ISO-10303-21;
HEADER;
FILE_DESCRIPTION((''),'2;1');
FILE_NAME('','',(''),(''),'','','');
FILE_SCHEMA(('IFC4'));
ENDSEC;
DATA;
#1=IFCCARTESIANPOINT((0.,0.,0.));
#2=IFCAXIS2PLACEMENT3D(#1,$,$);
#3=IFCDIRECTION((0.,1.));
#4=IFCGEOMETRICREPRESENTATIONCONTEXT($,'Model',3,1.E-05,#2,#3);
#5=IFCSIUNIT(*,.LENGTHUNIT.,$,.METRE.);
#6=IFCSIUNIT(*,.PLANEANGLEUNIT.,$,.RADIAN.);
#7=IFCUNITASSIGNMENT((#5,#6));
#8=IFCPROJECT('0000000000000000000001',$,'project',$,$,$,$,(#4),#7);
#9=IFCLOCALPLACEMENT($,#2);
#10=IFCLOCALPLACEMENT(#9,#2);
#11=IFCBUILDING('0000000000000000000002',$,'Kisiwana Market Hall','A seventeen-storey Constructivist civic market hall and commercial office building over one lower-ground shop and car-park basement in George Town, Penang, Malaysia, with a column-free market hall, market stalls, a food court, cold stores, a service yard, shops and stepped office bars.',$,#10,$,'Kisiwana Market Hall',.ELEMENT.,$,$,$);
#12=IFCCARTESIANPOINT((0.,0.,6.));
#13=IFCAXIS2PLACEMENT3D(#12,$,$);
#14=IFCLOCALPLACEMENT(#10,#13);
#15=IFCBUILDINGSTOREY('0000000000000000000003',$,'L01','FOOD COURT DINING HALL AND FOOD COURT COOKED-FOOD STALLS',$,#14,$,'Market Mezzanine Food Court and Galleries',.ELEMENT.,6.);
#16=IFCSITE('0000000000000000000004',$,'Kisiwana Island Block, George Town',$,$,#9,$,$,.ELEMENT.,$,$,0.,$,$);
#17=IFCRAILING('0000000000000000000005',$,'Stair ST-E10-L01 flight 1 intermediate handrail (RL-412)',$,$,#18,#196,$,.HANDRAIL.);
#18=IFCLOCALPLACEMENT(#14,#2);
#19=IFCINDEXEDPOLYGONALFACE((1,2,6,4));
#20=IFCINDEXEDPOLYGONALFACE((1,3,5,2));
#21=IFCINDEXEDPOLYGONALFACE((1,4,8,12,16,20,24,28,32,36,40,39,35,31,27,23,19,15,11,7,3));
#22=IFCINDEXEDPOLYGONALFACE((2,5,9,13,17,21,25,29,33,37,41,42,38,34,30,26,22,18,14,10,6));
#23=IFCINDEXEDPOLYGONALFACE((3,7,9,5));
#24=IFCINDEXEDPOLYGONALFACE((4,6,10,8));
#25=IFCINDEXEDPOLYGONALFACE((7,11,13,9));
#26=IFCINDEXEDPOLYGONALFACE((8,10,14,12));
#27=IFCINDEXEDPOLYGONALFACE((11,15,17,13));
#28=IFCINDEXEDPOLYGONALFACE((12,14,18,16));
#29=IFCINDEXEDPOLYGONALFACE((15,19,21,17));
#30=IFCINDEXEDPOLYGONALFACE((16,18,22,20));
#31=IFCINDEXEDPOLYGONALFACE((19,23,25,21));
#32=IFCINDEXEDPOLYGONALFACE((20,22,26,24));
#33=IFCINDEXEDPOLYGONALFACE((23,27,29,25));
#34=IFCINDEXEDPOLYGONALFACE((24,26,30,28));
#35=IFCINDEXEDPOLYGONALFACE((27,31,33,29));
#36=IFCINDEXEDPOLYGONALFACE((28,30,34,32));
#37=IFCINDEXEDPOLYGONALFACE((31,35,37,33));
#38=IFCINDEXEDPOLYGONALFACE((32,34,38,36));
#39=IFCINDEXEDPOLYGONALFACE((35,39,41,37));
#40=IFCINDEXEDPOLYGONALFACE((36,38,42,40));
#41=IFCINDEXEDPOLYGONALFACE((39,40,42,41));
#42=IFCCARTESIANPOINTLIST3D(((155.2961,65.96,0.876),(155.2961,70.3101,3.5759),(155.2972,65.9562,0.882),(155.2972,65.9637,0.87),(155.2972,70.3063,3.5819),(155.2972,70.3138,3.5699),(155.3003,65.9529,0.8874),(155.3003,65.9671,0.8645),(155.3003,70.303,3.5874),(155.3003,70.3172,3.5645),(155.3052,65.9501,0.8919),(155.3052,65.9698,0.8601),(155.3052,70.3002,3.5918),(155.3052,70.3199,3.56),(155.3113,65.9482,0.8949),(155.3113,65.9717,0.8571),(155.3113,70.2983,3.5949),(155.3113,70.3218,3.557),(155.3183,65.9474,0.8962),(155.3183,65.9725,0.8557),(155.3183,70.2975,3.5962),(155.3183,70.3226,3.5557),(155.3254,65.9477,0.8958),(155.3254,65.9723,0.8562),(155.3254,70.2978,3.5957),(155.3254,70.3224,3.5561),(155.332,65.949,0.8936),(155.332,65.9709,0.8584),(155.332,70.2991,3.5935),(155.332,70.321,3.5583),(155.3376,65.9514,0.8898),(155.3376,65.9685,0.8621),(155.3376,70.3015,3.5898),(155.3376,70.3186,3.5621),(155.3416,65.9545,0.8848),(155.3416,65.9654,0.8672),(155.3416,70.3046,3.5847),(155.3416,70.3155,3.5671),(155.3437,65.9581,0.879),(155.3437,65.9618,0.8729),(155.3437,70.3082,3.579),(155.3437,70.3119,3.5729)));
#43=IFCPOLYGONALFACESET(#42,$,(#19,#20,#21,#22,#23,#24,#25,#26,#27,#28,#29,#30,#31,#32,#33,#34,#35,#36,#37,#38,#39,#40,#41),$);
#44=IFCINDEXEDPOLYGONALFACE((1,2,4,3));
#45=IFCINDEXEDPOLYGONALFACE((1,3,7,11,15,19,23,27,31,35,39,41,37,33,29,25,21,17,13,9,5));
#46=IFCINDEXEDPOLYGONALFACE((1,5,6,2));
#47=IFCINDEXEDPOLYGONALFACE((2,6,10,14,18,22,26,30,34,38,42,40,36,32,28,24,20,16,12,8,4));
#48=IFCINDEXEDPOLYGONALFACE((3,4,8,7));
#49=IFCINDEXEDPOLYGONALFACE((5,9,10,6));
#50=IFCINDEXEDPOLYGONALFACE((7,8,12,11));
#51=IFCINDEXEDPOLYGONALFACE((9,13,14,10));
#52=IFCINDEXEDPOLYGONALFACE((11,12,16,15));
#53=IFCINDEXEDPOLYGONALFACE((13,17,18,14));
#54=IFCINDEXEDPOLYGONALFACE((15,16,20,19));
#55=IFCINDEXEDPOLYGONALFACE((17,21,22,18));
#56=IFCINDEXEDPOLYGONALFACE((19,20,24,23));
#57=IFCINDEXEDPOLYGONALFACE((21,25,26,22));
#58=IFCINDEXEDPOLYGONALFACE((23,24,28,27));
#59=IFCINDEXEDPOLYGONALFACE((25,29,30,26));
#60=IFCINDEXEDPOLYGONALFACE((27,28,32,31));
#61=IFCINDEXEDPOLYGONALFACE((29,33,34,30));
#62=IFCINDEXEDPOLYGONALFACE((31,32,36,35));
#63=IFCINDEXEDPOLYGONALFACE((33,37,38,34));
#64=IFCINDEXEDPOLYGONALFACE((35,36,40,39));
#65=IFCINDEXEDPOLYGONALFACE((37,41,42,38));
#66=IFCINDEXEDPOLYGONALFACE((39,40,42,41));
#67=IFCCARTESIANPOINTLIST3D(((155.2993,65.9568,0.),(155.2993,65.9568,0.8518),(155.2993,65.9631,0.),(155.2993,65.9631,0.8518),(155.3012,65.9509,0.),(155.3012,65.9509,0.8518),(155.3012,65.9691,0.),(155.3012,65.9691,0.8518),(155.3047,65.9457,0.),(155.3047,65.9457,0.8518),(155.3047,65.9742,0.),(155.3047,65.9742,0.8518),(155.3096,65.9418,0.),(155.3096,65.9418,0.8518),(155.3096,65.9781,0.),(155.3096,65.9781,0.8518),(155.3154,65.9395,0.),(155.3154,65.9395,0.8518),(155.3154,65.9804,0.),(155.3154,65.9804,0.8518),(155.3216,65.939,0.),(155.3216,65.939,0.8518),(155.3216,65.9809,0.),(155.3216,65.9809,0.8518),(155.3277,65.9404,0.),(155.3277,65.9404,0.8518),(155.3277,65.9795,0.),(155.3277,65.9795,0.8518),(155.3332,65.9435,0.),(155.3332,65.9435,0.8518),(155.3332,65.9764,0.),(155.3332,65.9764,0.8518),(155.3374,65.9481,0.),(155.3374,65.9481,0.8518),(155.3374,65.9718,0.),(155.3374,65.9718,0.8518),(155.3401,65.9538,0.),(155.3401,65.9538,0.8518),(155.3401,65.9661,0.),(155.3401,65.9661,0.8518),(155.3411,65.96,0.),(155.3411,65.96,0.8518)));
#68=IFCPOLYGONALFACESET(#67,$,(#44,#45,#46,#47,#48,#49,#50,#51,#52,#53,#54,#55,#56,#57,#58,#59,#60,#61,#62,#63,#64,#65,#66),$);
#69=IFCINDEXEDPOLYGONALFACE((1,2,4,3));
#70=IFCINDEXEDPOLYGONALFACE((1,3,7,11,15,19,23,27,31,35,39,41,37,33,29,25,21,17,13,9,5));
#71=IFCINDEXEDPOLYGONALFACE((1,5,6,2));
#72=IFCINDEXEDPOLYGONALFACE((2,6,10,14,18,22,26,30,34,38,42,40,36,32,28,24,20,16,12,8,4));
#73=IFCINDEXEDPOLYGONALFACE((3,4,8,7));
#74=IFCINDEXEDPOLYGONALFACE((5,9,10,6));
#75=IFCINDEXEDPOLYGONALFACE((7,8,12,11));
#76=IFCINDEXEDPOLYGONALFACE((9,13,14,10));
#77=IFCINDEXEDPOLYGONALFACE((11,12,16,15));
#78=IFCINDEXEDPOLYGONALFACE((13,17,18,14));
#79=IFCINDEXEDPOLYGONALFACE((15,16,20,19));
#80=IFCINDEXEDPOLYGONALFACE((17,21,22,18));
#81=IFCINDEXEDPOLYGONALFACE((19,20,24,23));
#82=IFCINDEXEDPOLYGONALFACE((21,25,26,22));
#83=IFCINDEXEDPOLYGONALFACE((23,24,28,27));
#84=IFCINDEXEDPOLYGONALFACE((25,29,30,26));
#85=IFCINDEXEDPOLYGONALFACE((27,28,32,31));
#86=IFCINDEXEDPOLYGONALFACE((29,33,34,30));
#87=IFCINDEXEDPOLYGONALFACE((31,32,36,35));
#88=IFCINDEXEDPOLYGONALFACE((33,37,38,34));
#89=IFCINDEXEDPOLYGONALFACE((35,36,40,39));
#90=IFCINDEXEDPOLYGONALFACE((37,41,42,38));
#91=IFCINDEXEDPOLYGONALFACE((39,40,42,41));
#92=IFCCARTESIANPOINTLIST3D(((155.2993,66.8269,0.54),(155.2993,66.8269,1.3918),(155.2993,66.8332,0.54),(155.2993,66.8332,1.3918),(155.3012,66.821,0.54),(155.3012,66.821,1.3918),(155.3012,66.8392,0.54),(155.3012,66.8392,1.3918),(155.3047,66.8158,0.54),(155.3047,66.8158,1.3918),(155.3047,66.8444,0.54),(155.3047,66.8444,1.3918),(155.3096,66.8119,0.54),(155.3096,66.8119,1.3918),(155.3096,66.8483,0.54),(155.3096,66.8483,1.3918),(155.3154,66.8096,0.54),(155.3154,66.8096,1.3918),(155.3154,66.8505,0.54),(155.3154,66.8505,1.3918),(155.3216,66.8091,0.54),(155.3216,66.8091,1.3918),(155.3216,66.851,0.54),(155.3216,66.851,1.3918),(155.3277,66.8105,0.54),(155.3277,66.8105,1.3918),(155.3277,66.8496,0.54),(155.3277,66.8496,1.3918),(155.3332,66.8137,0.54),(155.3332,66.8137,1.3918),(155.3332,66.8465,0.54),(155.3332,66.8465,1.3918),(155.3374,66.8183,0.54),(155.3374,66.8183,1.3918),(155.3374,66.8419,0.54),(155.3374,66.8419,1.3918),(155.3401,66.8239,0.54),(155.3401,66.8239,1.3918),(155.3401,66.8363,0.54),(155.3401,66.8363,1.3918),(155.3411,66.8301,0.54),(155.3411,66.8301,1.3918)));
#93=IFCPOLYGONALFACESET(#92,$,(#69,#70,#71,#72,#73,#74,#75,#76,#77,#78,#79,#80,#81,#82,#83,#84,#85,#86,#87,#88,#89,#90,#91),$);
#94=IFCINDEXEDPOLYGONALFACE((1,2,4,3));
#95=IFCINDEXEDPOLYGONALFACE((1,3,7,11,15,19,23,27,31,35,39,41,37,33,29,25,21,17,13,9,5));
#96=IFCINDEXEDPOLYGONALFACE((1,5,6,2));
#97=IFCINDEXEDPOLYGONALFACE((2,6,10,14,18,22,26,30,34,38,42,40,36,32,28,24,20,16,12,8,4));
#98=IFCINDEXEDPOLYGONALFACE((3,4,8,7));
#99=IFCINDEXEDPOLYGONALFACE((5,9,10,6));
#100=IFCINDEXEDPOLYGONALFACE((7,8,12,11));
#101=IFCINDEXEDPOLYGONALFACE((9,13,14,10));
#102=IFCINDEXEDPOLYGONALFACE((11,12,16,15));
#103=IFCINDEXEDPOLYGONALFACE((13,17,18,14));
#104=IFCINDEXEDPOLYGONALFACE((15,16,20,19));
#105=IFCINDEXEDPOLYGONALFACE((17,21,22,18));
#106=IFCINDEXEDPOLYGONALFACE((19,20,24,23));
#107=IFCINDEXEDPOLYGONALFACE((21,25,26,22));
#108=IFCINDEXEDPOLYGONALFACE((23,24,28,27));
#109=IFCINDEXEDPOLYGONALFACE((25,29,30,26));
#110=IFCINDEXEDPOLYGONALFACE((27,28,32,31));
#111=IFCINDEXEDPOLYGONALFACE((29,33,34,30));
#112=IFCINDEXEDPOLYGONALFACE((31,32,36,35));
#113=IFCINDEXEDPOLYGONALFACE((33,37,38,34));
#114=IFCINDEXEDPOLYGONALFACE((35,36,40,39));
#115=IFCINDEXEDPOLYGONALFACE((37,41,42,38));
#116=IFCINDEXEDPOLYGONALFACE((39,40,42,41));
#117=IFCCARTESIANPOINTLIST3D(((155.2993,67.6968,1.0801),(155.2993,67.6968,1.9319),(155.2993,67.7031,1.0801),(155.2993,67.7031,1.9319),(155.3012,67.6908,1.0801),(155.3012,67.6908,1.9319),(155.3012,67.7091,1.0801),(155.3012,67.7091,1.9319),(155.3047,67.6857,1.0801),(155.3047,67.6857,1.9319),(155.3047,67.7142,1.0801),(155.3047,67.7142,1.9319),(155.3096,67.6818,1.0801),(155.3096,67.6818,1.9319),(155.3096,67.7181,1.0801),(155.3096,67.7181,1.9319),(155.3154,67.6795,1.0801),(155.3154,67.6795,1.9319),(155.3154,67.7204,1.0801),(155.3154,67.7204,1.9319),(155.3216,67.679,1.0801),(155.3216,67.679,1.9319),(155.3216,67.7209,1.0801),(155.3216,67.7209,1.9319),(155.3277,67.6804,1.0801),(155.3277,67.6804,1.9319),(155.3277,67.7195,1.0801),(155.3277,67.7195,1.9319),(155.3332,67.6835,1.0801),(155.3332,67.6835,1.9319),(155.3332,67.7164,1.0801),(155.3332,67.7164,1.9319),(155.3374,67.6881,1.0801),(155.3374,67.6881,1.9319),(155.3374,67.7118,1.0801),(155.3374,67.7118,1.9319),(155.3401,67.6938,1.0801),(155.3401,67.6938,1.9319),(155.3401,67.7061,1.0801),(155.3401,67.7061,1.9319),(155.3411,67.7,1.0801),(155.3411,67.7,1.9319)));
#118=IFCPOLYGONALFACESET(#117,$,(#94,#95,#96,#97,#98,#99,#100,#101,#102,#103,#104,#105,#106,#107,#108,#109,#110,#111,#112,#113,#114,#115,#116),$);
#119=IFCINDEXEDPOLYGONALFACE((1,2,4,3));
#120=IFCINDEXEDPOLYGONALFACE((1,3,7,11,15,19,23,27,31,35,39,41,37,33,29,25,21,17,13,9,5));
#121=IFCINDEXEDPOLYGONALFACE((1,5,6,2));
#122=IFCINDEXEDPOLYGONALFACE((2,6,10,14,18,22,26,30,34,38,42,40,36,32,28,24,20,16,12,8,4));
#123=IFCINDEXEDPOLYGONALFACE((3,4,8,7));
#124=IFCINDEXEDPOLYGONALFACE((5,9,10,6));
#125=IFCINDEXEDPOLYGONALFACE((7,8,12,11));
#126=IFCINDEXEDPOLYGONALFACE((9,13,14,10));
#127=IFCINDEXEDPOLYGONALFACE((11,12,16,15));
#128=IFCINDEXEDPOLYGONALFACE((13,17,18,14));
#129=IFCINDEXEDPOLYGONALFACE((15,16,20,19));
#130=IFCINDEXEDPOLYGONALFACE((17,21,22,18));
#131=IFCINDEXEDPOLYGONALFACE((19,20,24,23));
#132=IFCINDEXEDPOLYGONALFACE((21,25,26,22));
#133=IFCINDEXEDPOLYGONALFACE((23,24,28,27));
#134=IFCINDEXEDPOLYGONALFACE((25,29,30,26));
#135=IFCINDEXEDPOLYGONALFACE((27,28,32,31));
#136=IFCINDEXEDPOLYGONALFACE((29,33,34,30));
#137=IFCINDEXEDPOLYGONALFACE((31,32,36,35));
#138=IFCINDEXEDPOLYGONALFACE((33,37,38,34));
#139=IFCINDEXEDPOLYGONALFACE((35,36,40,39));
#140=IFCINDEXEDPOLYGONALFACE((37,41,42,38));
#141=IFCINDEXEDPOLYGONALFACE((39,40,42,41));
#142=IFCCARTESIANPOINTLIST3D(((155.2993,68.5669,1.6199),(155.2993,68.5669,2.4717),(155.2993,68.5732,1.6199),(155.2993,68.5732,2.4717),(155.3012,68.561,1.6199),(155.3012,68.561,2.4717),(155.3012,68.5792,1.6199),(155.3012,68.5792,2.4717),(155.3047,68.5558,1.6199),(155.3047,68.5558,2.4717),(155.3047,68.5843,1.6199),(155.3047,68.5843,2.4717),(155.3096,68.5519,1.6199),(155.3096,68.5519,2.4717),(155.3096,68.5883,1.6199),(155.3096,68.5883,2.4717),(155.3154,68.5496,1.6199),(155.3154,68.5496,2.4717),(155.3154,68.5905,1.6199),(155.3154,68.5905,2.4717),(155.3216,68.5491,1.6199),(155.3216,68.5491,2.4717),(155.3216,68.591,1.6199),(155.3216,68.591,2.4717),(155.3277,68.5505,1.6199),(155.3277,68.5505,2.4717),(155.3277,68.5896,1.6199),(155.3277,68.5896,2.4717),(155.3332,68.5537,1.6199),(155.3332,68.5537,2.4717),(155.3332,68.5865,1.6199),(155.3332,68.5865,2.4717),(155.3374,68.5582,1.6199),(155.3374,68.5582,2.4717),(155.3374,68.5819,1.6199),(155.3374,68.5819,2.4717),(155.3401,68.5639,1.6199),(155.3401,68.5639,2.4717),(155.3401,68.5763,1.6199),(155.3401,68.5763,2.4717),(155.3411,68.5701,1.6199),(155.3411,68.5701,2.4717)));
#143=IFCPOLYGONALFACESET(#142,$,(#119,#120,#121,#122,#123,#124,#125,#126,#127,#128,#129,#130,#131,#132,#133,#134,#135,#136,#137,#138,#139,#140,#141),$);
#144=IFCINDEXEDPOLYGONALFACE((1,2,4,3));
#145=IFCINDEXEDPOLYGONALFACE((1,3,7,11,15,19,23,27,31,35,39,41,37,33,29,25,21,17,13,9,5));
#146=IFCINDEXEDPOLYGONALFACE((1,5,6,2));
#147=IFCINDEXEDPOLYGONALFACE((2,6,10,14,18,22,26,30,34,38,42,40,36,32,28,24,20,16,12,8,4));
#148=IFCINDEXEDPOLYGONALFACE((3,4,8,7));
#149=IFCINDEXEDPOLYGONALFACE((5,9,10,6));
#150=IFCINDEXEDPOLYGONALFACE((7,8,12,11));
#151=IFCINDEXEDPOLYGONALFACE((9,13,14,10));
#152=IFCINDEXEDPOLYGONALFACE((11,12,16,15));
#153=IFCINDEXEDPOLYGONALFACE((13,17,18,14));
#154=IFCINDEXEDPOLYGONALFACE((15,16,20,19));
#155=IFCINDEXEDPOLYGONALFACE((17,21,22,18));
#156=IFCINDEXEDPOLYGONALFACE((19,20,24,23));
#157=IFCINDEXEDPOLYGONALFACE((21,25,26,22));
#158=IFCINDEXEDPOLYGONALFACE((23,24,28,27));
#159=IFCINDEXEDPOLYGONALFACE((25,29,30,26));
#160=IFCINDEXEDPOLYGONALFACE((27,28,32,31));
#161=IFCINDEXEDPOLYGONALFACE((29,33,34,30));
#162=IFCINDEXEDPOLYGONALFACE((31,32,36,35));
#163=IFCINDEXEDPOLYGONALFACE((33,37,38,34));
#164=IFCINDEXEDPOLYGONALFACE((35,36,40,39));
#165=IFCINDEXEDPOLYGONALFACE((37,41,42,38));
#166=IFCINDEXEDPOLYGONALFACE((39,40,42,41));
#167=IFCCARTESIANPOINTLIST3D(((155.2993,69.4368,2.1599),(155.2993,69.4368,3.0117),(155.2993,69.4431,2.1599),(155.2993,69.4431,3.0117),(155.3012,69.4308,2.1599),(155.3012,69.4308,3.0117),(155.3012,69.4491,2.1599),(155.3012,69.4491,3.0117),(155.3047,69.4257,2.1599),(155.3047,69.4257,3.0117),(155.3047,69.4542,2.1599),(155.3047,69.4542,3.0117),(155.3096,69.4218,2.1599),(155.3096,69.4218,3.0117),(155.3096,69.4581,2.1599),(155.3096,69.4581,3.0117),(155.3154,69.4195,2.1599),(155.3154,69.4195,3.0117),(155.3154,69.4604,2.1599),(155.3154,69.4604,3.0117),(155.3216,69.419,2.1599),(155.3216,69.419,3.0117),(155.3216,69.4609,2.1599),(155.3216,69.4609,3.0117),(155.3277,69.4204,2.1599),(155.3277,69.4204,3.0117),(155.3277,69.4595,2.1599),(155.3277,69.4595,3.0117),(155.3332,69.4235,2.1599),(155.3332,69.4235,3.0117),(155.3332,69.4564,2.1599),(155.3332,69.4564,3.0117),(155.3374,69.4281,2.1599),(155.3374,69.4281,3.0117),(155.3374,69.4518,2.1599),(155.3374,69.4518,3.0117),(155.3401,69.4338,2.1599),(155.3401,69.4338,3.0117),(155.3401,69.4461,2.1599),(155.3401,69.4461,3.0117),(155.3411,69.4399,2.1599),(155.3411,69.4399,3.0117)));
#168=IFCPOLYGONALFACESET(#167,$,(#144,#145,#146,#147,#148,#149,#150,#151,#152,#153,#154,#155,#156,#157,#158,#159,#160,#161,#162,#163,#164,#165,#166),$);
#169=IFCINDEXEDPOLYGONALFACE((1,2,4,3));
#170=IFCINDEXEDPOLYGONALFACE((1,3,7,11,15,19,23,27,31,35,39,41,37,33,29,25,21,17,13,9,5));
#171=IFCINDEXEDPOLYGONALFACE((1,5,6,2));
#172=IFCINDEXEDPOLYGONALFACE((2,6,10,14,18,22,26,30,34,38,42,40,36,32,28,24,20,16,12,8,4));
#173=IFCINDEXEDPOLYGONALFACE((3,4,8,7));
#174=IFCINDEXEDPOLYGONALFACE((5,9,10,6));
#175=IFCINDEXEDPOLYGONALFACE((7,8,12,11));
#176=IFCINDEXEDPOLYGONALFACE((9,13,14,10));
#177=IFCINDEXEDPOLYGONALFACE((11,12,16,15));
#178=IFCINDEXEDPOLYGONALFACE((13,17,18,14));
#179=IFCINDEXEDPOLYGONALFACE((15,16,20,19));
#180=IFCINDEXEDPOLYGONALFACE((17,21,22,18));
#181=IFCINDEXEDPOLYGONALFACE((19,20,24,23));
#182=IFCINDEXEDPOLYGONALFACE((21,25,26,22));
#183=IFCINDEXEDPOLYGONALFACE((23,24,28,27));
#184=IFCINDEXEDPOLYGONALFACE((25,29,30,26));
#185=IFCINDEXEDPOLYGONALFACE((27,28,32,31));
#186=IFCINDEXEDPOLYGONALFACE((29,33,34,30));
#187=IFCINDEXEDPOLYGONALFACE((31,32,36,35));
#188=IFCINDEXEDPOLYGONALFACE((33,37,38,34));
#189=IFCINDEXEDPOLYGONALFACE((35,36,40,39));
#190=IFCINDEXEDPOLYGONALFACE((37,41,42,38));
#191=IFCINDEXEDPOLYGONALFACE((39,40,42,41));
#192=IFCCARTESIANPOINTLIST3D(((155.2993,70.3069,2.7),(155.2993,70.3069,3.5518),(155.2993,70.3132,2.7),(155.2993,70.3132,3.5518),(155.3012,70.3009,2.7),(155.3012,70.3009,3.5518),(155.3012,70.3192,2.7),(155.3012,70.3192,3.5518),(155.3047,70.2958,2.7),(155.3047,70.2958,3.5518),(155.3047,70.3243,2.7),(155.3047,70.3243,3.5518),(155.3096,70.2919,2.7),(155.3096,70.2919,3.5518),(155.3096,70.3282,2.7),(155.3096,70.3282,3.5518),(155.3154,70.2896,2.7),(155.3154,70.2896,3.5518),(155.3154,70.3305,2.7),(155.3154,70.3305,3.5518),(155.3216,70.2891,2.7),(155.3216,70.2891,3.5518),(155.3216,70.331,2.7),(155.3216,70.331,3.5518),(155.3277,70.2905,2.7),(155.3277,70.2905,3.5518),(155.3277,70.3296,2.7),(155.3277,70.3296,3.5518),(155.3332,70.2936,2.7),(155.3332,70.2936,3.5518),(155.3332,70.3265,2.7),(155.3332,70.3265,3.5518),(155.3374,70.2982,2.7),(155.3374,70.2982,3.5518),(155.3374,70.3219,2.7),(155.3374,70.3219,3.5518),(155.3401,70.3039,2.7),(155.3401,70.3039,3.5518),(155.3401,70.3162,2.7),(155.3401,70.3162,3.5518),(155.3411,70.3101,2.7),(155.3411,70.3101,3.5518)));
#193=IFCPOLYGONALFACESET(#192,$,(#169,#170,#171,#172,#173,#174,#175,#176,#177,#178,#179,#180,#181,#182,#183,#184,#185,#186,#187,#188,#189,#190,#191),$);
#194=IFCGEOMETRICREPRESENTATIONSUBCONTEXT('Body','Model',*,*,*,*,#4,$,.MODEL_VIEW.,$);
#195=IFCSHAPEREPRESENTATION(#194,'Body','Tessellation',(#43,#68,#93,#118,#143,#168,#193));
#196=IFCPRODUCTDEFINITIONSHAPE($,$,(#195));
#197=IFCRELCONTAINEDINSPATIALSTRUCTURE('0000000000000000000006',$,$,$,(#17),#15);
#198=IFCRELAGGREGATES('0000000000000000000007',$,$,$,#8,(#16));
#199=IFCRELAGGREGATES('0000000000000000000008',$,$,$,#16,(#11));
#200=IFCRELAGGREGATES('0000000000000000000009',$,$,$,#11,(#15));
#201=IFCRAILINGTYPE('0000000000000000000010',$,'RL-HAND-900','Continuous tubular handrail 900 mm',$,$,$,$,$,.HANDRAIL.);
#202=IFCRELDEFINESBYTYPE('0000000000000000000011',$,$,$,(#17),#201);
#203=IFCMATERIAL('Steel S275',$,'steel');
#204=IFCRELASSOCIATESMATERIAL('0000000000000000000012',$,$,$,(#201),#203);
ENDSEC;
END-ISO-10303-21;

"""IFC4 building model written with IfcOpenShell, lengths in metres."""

from ifc_helpers import new_model, si_unit, direction, frame, origin, origin_2d, place, context, subcontext, project, spatial, circle, extrude, material, type_object, element, save


model = new_model("IFC4")

# Units and contexts
model_context = context("Model", 3, precision=1e-05, world=origin(), true_north=direction((0.0, 1.0)))
body_context = subcontext(model_context, "Body", "Model", "MODEL_VIEW")
ifc_project = project(units=[si_unit("LENGTHUNIT", "METRE"), si_unit("PLANEANGLEUNIT", "RADIAN")], contexts=[model_context])

# Site, building, storey
site_placement = place(None, origin())
site = spatial("IfcSite", under=ifc_project, at=site_placement, Name="Kisiwana Island Block, George Town", CompositionType="ELEMENT", RefElevation=0.0)
building_placement = place(site_placement, origin())
building = spatial("IfcBuilding", under=site, at=building_placement, Name="Kisiwana Market Hall", Description="A seventeen-storey Constructivist civic market hall and commercial office building over one lower-ground shop and car-park basement in George Town, Penang, Malaysia, with a column-free market hall, market stalls, a food court, cold stores, a service yard, shops and stepped office bars.", LongName="Kisiwana Market Hall", CompositionType="ELEMENT")
storey_placement = place(building_placement, frame((0.0, 0.0, 6.0)))
storey = spatial("IfcBuildingStorey", under=building, at=storey_placement, Name="L01", Description="FOOD COURT DINING HALL AND FOOD COURT COOKED-FOOD STALLS", LongName="Market Mezzanine Food Court and Galleries", CompositionType="ELEMENT", Elevation=6.0)

# Railing
ifc_material_1 = material(Name="Steel S275", Category="steel")
railing_type_1 = type_object("IfcRailingType", Name="RL-HAND-900", Description="Continuous tubular handrail 900 mm", PredefinedType="HANDRAIL", material=ifc_material_1)
railing_1_placement = place(storey_placement, frame((155.3201, 65.96, 0.0)))
element("IfcRailing", 1, at=railing_1_placement, inside=storey, type_object=railing_type_1, Name="Stair ST-E10-L01 flight 1 intermediate handrail (RL-412)", PredefinedType="HANDRAIL", context=body_context, shape_type="SweptSolid", body=[
    extrude(circle(Radius=0.0239, at=origin_2d()), frame((0.0, 0.0, 0.876), z_axis=(0.0, 0.84965, 0.527347), x_axis=(-1.0, 0.0, 0.0)), (0.0, 0.0, 1.0), 5.1199),
    extrude(circle(Radius=0.021, at=origin_2d()), origin(), (0.0, 0.0, 1.0), 0.8518),
    extrude(circle(Radius=0.021, at=origin_2d()), frame((0.0, 0.8701, 0.54)), (0.0, 0.0, 1.0), 0.8518),
    extrude(circle(Radius=0.021, at=origin_2d()), frame((0.0, 1.74, 1.0801)), (0.0, 0.0, 1.0), 0.8518),
    extrude(circle(Radius=0.021, at=origin_2d()), frame((0.0, 2.6101, 1.6199)), (0.0, 0.0, 1.0), 0.8518),
    extrude(circle(Radius=0.021, at=origin_2d()), frame((0.0, 3.48, 2.1599)), (0.0, 0.0, 1.0), 0.8518),
    extrude(circle(Radius=0.021, at=origin_2d()), frame((0.0, 4.3501, 2.7)), (0.0, 0.0, 1.0), 0.8518),
])

save(model, "model.ifc")
